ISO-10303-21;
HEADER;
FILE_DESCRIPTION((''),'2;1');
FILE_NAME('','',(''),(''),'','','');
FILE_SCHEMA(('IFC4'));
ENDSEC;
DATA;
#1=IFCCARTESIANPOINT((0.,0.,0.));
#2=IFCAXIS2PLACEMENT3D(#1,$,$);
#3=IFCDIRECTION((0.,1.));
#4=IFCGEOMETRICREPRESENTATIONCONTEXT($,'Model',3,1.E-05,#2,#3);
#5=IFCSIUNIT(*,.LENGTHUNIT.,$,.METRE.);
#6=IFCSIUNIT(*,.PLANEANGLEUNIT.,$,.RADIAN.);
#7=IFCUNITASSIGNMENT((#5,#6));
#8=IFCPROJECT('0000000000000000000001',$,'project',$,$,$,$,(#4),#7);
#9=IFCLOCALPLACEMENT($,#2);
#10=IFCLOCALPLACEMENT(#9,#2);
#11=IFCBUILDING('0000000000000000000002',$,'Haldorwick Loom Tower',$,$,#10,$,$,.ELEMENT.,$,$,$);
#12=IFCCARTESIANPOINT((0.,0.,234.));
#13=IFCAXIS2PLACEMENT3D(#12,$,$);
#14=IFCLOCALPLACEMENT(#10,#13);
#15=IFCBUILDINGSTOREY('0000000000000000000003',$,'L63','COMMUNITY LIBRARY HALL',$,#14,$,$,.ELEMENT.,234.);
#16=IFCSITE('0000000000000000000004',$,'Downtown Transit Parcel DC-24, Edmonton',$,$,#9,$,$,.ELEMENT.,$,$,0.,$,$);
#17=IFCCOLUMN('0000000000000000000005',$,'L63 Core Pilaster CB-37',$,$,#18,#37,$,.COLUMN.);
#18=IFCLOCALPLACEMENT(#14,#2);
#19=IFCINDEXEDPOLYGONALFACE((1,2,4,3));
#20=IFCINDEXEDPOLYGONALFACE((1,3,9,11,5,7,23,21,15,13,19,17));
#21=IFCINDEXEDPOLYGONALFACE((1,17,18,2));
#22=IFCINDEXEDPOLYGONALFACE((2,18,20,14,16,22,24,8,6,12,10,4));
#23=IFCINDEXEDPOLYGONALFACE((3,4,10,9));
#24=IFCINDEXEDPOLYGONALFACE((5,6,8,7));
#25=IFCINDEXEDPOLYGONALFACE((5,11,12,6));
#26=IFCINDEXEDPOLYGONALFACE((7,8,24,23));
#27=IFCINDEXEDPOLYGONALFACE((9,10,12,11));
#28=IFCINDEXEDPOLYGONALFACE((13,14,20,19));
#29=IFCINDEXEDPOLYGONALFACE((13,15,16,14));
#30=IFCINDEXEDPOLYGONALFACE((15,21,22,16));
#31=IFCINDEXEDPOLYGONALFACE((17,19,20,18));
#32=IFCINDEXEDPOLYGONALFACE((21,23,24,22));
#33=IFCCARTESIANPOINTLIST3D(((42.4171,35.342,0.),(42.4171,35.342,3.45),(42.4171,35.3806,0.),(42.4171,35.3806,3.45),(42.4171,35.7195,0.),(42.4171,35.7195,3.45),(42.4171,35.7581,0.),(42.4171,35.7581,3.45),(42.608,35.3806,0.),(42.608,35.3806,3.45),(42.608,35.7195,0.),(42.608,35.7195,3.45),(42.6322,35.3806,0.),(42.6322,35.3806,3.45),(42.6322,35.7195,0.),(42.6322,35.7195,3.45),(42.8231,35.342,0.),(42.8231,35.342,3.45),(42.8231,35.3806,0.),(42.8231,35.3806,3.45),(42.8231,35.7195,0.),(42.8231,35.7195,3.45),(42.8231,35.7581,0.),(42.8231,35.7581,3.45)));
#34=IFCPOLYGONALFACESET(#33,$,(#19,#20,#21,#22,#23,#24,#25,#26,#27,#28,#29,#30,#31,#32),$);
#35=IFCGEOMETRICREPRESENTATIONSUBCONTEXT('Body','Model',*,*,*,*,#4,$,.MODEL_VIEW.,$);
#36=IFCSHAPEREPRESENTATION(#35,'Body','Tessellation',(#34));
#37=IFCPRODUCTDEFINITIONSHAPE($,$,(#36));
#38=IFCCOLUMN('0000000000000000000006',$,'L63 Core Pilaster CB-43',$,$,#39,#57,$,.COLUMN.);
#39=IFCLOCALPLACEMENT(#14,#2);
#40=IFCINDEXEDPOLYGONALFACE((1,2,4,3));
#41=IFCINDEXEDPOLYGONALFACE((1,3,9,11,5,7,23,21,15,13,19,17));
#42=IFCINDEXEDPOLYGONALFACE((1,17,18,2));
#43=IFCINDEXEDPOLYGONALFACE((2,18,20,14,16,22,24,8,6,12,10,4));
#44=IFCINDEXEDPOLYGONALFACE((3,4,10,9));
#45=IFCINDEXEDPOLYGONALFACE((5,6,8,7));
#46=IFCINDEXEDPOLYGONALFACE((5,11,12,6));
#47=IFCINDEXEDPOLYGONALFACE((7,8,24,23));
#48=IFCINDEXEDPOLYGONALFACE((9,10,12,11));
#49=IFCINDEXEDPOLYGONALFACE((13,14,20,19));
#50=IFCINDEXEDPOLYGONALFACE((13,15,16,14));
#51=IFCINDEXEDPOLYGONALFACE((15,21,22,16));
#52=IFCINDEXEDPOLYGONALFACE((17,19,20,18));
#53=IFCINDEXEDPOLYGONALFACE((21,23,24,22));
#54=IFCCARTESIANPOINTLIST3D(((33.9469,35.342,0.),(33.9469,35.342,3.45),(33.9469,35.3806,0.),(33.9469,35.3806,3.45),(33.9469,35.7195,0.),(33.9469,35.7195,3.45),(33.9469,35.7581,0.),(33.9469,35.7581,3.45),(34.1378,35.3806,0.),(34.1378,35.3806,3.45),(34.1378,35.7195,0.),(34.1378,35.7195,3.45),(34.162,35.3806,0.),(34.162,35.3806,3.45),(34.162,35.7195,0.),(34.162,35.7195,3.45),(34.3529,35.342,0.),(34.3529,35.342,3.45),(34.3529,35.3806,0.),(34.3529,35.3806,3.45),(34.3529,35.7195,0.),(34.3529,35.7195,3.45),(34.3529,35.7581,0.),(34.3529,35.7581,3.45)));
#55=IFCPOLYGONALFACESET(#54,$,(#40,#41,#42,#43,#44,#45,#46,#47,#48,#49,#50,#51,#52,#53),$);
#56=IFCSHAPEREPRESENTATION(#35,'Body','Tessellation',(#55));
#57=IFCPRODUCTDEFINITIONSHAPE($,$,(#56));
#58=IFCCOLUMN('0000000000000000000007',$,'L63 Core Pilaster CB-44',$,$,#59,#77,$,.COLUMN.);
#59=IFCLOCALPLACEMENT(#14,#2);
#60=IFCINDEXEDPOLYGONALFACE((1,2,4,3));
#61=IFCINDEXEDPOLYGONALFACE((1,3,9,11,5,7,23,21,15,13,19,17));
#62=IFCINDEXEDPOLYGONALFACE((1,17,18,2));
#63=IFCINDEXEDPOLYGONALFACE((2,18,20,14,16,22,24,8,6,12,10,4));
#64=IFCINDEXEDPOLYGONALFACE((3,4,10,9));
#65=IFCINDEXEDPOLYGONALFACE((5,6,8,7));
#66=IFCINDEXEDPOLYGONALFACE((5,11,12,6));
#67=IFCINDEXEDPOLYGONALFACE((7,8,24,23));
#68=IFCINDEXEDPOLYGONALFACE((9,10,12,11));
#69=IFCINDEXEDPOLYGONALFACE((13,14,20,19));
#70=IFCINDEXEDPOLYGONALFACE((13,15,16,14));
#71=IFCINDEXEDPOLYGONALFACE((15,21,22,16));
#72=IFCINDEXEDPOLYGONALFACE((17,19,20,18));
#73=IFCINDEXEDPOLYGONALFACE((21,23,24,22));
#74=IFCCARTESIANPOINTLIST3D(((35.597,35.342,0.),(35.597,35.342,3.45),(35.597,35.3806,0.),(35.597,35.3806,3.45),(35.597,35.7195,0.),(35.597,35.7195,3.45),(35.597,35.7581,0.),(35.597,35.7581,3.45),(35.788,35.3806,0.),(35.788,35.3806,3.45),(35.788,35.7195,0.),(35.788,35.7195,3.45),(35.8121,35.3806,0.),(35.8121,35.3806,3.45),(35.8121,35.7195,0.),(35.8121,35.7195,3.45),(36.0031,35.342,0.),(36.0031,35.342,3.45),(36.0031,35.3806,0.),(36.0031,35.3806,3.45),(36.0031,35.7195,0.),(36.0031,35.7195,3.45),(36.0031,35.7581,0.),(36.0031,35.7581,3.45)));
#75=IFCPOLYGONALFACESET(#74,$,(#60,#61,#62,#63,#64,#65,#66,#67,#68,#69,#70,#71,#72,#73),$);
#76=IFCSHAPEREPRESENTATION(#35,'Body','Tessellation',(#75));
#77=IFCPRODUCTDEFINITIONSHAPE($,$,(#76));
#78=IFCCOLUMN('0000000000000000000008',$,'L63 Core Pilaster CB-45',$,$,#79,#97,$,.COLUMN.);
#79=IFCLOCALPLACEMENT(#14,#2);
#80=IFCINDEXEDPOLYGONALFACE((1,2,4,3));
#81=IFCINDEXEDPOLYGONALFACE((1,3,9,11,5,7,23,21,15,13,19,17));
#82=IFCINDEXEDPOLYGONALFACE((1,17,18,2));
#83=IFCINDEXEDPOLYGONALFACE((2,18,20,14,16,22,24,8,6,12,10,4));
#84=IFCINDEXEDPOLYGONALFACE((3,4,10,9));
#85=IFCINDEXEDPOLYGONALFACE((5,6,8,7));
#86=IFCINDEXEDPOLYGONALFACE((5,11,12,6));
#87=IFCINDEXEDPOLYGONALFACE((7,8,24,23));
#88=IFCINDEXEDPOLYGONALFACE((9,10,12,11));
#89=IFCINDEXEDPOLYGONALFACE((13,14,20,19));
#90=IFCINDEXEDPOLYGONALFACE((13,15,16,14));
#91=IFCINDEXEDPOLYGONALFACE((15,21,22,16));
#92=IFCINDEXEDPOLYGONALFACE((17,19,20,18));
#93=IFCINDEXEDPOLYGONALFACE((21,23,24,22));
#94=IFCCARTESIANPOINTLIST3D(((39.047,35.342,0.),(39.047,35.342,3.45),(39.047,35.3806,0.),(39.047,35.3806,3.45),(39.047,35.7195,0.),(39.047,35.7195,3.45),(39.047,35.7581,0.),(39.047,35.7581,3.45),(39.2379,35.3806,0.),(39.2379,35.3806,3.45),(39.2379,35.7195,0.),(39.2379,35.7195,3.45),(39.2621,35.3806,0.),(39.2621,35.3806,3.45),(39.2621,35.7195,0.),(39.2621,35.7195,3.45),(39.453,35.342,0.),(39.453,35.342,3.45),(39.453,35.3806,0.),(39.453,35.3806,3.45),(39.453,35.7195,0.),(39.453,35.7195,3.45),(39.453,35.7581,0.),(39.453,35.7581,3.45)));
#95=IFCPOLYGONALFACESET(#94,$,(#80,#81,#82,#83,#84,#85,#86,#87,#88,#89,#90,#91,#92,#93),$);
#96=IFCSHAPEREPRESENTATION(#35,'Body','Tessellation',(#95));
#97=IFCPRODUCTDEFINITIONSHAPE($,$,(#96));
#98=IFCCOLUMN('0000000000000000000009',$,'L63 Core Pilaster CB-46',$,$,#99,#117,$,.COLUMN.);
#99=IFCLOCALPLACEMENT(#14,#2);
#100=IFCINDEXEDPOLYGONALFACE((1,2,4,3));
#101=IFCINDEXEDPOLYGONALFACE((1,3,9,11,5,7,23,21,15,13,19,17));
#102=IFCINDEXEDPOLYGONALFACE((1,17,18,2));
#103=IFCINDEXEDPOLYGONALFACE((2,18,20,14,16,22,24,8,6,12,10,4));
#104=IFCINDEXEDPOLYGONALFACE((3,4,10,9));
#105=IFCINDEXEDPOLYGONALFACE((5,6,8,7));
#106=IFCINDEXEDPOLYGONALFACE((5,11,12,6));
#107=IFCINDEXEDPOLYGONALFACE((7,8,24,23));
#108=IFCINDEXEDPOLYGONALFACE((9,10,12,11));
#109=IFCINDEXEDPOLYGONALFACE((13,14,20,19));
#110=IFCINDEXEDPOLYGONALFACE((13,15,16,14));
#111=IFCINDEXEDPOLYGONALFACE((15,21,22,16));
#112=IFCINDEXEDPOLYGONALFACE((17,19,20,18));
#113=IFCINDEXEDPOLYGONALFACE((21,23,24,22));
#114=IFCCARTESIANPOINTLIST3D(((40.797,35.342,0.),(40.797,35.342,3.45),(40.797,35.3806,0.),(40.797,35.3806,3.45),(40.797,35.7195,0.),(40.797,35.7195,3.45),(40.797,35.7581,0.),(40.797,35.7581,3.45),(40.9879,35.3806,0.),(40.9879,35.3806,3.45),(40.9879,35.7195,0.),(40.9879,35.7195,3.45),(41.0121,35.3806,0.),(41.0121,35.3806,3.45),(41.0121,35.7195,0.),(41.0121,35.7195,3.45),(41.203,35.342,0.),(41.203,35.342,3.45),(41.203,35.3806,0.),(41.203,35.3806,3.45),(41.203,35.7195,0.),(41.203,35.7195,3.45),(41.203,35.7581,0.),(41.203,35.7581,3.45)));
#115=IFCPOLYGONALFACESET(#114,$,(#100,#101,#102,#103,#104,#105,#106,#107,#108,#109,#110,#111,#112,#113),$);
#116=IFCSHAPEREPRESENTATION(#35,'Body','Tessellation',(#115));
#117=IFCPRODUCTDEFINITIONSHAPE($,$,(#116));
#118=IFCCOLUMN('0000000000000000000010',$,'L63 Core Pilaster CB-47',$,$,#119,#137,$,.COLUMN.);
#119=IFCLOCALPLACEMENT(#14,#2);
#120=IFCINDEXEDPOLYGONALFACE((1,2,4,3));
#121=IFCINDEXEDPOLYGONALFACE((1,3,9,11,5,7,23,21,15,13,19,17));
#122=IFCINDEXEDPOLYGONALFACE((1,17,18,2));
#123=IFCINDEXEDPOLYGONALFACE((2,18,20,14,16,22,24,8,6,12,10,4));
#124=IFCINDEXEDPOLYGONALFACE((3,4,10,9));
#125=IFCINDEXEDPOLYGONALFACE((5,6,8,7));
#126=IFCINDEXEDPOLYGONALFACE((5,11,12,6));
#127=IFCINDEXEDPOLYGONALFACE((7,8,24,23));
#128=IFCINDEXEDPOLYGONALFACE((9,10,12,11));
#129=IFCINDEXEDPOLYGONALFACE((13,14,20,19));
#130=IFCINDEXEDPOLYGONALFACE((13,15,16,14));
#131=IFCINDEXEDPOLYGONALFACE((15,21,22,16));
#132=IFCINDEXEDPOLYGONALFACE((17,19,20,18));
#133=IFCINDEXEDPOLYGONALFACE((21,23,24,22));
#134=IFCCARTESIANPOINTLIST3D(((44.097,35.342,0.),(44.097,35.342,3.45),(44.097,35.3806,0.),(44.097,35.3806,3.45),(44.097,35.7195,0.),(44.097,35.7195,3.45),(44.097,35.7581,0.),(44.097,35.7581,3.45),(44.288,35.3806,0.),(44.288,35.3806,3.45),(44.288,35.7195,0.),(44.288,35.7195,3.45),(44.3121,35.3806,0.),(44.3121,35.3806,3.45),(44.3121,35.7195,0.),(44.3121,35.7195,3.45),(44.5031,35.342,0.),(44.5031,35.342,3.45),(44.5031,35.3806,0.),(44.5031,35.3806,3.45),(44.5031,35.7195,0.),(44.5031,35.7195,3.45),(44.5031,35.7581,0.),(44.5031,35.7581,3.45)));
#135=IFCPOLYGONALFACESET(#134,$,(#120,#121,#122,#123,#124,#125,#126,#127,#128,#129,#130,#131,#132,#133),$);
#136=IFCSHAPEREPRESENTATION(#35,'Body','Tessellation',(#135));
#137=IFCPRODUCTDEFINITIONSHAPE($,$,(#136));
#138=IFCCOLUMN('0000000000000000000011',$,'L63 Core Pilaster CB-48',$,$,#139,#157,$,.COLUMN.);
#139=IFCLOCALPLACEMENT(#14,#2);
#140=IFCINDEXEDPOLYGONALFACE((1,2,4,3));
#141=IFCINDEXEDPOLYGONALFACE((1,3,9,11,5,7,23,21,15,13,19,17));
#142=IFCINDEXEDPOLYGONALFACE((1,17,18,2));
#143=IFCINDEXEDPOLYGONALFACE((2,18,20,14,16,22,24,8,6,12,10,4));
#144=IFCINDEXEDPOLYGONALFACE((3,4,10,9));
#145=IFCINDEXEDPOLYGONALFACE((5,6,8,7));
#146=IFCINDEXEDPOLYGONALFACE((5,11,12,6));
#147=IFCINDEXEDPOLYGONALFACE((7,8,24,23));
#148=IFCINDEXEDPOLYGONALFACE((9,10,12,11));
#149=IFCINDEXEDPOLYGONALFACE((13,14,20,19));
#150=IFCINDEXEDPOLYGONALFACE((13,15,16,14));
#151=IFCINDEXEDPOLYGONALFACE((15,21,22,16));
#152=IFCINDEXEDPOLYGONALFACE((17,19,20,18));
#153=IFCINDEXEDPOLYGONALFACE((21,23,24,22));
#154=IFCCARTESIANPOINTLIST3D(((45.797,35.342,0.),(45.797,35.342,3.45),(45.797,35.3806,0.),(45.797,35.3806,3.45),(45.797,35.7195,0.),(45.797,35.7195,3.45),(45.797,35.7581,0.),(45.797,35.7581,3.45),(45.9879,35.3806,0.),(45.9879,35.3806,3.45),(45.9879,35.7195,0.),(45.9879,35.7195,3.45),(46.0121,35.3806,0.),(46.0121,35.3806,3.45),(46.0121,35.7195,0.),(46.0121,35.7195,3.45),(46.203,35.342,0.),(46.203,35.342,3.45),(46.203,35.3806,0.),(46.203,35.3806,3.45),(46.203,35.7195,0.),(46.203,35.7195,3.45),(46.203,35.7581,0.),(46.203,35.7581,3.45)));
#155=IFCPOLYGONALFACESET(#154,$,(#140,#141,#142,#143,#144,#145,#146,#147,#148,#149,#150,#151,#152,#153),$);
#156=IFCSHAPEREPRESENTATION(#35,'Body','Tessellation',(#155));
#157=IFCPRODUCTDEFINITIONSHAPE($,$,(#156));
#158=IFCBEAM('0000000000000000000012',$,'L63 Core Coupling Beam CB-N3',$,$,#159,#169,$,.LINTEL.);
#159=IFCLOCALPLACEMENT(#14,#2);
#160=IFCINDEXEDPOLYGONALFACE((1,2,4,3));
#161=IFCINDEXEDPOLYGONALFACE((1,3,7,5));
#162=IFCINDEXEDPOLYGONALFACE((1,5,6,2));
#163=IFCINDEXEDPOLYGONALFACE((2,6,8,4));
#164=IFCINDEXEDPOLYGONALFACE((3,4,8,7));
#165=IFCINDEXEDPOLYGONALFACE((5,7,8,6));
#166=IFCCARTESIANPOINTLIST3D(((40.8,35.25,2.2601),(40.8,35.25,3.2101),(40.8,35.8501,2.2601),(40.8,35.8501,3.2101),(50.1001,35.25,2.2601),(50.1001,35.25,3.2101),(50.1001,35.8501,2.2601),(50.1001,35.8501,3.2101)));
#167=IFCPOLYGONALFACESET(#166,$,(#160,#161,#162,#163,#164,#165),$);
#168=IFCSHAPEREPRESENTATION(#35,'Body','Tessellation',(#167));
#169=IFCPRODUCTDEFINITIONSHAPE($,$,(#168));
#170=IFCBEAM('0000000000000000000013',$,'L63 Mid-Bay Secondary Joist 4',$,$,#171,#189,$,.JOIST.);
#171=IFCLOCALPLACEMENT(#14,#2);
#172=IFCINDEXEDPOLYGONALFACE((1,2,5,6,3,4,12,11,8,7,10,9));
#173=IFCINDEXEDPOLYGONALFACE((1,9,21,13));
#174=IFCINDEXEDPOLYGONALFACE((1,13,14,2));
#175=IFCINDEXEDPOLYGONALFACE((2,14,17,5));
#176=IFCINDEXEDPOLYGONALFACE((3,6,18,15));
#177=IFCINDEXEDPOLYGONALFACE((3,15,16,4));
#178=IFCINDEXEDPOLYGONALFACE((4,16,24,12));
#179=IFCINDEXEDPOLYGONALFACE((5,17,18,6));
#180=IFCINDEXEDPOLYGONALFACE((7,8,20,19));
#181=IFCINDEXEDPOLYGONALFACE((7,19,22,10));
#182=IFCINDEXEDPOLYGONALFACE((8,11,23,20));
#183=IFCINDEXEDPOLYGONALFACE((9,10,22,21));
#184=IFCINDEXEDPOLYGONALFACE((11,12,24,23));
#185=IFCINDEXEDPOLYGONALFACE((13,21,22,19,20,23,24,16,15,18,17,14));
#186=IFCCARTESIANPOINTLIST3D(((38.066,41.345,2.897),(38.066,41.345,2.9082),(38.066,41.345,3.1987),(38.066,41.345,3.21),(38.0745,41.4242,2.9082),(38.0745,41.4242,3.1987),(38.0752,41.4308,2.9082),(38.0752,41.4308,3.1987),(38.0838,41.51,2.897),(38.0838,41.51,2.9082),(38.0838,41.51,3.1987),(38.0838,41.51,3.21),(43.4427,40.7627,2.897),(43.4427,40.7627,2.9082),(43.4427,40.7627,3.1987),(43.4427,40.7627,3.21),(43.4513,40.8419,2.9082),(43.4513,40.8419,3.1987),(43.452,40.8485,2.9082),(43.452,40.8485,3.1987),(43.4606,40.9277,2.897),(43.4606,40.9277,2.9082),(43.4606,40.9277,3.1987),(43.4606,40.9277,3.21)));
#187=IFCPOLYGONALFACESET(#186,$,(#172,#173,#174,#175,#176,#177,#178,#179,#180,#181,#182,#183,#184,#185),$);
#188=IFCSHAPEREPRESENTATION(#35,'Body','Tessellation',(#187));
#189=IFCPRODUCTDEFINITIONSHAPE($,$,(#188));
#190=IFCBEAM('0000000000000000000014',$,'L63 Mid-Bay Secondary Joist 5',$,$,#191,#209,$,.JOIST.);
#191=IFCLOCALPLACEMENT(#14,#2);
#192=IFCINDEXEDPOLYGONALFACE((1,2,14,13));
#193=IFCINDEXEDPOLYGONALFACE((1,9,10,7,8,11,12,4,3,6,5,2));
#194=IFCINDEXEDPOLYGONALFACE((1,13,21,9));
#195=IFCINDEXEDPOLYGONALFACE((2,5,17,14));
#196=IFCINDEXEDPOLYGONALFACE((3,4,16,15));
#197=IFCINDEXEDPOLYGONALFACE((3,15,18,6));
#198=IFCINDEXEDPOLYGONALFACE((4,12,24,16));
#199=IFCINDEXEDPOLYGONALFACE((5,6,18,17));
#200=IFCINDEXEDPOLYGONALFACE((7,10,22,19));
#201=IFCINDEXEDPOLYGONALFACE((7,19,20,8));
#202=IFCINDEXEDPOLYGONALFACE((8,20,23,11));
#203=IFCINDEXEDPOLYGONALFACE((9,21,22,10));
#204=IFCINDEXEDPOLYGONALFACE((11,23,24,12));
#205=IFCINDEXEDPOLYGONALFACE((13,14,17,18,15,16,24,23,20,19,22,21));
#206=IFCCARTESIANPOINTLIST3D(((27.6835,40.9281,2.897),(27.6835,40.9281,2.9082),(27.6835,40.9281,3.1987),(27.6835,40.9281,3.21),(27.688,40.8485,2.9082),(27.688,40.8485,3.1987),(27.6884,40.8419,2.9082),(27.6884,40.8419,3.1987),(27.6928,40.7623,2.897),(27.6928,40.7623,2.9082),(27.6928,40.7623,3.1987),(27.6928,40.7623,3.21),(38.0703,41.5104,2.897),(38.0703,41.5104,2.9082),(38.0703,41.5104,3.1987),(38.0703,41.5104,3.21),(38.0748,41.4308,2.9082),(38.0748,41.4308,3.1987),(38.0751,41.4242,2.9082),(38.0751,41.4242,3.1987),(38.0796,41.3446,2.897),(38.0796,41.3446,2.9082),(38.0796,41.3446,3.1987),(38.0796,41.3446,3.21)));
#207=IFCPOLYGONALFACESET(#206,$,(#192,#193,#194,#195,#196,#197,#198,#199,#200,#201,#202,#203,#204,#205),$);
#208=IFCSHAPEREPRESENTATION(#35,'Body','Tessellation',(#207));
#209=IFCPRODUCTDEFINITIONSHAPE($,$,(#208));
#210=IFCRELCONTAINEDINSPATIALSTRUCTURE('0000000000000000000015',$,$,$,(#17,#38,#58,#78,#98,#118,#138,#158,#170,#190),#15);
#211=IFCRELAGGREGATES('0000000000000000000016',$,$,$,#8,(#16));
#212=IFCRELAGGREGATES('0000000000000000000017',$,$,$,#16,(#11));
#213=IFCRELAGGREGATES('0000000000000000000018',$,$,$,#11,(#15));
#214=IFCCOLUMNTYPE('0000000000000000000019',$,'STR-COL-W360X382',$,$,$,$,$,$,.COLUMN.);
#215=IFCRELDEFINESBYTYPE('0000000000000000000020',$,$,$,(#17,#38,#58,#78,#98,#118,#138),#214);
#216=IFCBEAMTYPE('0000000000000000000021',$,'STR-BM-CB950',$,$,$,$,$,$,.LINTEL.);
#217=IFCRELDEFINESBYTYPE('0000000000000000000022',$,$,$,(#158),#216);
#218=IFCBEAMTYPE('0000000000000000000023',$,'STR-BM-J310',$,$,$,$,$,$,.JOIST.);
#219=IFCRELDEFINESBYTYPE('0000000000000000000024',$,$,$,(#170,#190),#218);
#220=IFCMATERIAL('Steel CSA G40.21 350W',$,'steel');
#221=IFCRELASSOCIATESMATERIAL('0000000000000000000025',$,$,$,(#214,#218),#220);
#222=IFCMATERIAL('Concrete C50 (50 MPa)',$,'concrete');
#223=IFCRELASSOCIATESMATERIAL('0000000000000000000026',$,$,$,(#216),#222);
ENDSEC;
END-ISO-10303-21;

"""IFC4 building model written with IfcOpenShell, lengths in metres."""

from ifc_helpers import new_model, si_unit, direction, frame, origin, origin_2d, place, context, subcontext, project, spatial, rectangle, i_section, extrude, material, material_profile, profile_set, type_object, element, save


model = new_model("IFC4")

# Units and contexts
model_context = context("Model", 3, precision=1e-05, world=origin(), true_north=direction((0.0, 1.0)))
body_context = subcontext(model_context, "Body", "Model", "MODEL_VIEW")
ifc_project = project(units=[si_unit("LENGTHUNIT", "METRE"), si_unit("PLANEANGLEUNIT", "RADIAN")], contexts=[model_context])

# Site, building, storey
site_placement = place(None, origin())
site = spatial("IfcSite", under=ifc_project, at=site_placement, Name="Downtown Transit Parcel DC-24, Edmonton", CompositionType="ELEMENT", RefElevation=0.0)
building_placement = place(site_placement, origin())
building = spatial("IfcBuilding", under=site, at=building_placement, Name="Haldorwick Loom Tower", CompositionType="ELEMENT")
storey_placement = place(building_placement, frame((0.0, 0.0, 234.0)))
storey = spatial("IfcBuildingStorey", under=building, at=storey_placement, Name="L63", Description="COMMUNITY LIBRARY HALL", CompositionType="ELEMENT", Elevation=234.0)

# Columns
ifc_material_1 = material(Name="Steel CSA G40.21 350W", Category="steel")
ifc_material_profile_1 = material_profile(ifc_material_1, i_section(OverallWidth=0.406, OverallDepth=0.416, WebThickness=0.0242, FlangeThickness=0.0386, at=origin_2d()), Name="W360X382", Category="steel")
ifc_profile_set_1 = profile_set([ifc_material_profile_1], Name="Steel CSA G40.21 350W")
column_type_1 = type_object("IfcColumnType", Name="STR-COL-W360X382", PredefinedType="COLUMN", material=ifc_profile_set_1)
for number, where, z_axis, x_axis, name in (
    (1, (42.6201, 35.55, 0.0), (0.0, 0.0, 1.0), (1.0, 0.0, 0.0), "L63 Core Pilaster CB-37"),
    (2, (34.1499, 35.55, 0.0), (0.0, 0.0, 1.0), (1.0, 0.0, 0.0), "L63 Core Pilaster CB-43"),
    (3, (35.8, 35.55, 0.0), (0.0, 0.0, 1.0), (1.0, 0.0, 0.0), "L63 Core Pilaster CB-44"),
    (4, (39.25, 35.55, 0.0), (0.0, 0.0, 1.0), (1.0, 0.0, 0.0), "L63 Core Pilaster CB-45"),
    (5, (41.0, 35.55, 0.0), (0.0, 0.0, 1.0), (1.0, 0.0, 0.0), "L63 Core Pilaster CB-46"),
    (6, (44.3, 35.55, 0.0), (0.0, 0.0, 1.0), (1.0, 0.0, 0.0), "L63 Core Pilaster CB-47"),
    (7, (46.0, 35.55, 0.0), (0.0, 0.0, 1.0), (1.0, 0.0, 0.0), "L63 Core Pilaster CB-48"),
):
    element("IfcColumn", number, at=place(storey_placement, frame(where, z_axis=z_axis, x_axis=x_axis)), inside=storey, type_object=column_type_1, Name=name, PredefinedType="COLUMN", context=body_context, shape_type="SweptSolid", body=[
        extrude(i_section(OverallWidth=0.406, OverallDepth=0.416, WebThickness=0.0242, FlangeThickness=0.0386, at=origin_2d()), origin(), (0.0, 0.0, 1.0), 3.45),
    ])

# Beams
ifc_material_2 = material(Name="Concrete C50 (50 MPa)", Category="concrete")
ifc_material_profile_2 = material_profile(ifc_material_2, rectangle(XDim=0.6001, YDim=0.95, at=origin_2d()), Name="RC600X950", Category="concrete")
ifc_profile_set_2 = profile_set([ifc_material_profile_2], Name="Concrete C50 (50 MPa)")
beam_type_1 = type_object("IfcBeamType", Name="STR-BM-CB950", PredefinedType="LINTEL", material=ifc_profile_set_2)
beam_1_placement = place(storey_placement, frame((40.8, 35.55, 2.7351), z_axis=(1.0, 0.0, 0.0), x_axis=(0.0, 1.0, 0.0)))
element("IfcBeam", 8, at=beam_1_placement, inside=storey, type_object=beam_type_1, Name="L63 Core Coupling Beam CB-N3", PredefinedType="LINTEL", context=body_context, shape_type="SweptSolid", body=[
    extrude(rectangle(XDim=0.6001, YDim=0.95, at=origin_2d()), origin(), (0.0, 0.0, 1.0), 9.3),
])
ifc_material_profile_3 = material_profile(ifc_material_1, i_section(OverallWidth=0.166, OverallDepth=0.313, WebThickness=0.0066, FlangeThickness=0.0112, at=origin_2d()), Name="W310X45", Category="steel")
ifc_profile_set_3 = profile_set([ifc_material_profile_3], Name="Steel CSA G40.21 350W")
beam_type_2 = type_object("IfcBeamType", Name="STR-BM-J310", PredefinedType="JOIST", material=ifc_profile_set_3)
beam_2_placement = place(storey_placement, frame((43.4517, 40.8452, 3.0535), z_axis=(-0.994187, 0.107666, 0.0), x_axis=(-0.107666, -0.994187, 0.0)))
element("IfcBeam", 9, at=beam_2_placement, inside=storey, type_object=beam_type_2, Name="L63 Mid-Bay Secondary Joist 4", PredefinedType="JOIST", context=body_context, shape_type="SweptSolid", body=[
    extrude(i_section(OverallWidth=0.166, OverallDepth=0.313, WebThickness=0.0066, FlangeThickness=0.0112, at=origin_2d()), origin(), (0.0, 0.0, 1.0), 5.4082),
])
beam_3_placement = place(storey_placement, frame((38.075, 41.4275, 3.0535), z_axis=(-0.998432, -0.055972, 0.0), x_axis=(0.055972, -0.998432, 0.0)))
element("IfcBeam", 10, at=beam_3_placement, inside=storey, type_object=beam_type_2, Name="L63 Mid-Bay Secondary Joist 5", PredefinedType="JOIST", context=body_context, shape_type="SweptSolid", body=[
    extrude(i_section(OverallWidth=0.166, OverallDepth=0.313, WebThickness=0.0066, FlangeThickness=0.0112, at=origin_2d()), origin(), (0.0, 0.0, 1.0), 10.4031),
])

save(model, "model.ifc")
